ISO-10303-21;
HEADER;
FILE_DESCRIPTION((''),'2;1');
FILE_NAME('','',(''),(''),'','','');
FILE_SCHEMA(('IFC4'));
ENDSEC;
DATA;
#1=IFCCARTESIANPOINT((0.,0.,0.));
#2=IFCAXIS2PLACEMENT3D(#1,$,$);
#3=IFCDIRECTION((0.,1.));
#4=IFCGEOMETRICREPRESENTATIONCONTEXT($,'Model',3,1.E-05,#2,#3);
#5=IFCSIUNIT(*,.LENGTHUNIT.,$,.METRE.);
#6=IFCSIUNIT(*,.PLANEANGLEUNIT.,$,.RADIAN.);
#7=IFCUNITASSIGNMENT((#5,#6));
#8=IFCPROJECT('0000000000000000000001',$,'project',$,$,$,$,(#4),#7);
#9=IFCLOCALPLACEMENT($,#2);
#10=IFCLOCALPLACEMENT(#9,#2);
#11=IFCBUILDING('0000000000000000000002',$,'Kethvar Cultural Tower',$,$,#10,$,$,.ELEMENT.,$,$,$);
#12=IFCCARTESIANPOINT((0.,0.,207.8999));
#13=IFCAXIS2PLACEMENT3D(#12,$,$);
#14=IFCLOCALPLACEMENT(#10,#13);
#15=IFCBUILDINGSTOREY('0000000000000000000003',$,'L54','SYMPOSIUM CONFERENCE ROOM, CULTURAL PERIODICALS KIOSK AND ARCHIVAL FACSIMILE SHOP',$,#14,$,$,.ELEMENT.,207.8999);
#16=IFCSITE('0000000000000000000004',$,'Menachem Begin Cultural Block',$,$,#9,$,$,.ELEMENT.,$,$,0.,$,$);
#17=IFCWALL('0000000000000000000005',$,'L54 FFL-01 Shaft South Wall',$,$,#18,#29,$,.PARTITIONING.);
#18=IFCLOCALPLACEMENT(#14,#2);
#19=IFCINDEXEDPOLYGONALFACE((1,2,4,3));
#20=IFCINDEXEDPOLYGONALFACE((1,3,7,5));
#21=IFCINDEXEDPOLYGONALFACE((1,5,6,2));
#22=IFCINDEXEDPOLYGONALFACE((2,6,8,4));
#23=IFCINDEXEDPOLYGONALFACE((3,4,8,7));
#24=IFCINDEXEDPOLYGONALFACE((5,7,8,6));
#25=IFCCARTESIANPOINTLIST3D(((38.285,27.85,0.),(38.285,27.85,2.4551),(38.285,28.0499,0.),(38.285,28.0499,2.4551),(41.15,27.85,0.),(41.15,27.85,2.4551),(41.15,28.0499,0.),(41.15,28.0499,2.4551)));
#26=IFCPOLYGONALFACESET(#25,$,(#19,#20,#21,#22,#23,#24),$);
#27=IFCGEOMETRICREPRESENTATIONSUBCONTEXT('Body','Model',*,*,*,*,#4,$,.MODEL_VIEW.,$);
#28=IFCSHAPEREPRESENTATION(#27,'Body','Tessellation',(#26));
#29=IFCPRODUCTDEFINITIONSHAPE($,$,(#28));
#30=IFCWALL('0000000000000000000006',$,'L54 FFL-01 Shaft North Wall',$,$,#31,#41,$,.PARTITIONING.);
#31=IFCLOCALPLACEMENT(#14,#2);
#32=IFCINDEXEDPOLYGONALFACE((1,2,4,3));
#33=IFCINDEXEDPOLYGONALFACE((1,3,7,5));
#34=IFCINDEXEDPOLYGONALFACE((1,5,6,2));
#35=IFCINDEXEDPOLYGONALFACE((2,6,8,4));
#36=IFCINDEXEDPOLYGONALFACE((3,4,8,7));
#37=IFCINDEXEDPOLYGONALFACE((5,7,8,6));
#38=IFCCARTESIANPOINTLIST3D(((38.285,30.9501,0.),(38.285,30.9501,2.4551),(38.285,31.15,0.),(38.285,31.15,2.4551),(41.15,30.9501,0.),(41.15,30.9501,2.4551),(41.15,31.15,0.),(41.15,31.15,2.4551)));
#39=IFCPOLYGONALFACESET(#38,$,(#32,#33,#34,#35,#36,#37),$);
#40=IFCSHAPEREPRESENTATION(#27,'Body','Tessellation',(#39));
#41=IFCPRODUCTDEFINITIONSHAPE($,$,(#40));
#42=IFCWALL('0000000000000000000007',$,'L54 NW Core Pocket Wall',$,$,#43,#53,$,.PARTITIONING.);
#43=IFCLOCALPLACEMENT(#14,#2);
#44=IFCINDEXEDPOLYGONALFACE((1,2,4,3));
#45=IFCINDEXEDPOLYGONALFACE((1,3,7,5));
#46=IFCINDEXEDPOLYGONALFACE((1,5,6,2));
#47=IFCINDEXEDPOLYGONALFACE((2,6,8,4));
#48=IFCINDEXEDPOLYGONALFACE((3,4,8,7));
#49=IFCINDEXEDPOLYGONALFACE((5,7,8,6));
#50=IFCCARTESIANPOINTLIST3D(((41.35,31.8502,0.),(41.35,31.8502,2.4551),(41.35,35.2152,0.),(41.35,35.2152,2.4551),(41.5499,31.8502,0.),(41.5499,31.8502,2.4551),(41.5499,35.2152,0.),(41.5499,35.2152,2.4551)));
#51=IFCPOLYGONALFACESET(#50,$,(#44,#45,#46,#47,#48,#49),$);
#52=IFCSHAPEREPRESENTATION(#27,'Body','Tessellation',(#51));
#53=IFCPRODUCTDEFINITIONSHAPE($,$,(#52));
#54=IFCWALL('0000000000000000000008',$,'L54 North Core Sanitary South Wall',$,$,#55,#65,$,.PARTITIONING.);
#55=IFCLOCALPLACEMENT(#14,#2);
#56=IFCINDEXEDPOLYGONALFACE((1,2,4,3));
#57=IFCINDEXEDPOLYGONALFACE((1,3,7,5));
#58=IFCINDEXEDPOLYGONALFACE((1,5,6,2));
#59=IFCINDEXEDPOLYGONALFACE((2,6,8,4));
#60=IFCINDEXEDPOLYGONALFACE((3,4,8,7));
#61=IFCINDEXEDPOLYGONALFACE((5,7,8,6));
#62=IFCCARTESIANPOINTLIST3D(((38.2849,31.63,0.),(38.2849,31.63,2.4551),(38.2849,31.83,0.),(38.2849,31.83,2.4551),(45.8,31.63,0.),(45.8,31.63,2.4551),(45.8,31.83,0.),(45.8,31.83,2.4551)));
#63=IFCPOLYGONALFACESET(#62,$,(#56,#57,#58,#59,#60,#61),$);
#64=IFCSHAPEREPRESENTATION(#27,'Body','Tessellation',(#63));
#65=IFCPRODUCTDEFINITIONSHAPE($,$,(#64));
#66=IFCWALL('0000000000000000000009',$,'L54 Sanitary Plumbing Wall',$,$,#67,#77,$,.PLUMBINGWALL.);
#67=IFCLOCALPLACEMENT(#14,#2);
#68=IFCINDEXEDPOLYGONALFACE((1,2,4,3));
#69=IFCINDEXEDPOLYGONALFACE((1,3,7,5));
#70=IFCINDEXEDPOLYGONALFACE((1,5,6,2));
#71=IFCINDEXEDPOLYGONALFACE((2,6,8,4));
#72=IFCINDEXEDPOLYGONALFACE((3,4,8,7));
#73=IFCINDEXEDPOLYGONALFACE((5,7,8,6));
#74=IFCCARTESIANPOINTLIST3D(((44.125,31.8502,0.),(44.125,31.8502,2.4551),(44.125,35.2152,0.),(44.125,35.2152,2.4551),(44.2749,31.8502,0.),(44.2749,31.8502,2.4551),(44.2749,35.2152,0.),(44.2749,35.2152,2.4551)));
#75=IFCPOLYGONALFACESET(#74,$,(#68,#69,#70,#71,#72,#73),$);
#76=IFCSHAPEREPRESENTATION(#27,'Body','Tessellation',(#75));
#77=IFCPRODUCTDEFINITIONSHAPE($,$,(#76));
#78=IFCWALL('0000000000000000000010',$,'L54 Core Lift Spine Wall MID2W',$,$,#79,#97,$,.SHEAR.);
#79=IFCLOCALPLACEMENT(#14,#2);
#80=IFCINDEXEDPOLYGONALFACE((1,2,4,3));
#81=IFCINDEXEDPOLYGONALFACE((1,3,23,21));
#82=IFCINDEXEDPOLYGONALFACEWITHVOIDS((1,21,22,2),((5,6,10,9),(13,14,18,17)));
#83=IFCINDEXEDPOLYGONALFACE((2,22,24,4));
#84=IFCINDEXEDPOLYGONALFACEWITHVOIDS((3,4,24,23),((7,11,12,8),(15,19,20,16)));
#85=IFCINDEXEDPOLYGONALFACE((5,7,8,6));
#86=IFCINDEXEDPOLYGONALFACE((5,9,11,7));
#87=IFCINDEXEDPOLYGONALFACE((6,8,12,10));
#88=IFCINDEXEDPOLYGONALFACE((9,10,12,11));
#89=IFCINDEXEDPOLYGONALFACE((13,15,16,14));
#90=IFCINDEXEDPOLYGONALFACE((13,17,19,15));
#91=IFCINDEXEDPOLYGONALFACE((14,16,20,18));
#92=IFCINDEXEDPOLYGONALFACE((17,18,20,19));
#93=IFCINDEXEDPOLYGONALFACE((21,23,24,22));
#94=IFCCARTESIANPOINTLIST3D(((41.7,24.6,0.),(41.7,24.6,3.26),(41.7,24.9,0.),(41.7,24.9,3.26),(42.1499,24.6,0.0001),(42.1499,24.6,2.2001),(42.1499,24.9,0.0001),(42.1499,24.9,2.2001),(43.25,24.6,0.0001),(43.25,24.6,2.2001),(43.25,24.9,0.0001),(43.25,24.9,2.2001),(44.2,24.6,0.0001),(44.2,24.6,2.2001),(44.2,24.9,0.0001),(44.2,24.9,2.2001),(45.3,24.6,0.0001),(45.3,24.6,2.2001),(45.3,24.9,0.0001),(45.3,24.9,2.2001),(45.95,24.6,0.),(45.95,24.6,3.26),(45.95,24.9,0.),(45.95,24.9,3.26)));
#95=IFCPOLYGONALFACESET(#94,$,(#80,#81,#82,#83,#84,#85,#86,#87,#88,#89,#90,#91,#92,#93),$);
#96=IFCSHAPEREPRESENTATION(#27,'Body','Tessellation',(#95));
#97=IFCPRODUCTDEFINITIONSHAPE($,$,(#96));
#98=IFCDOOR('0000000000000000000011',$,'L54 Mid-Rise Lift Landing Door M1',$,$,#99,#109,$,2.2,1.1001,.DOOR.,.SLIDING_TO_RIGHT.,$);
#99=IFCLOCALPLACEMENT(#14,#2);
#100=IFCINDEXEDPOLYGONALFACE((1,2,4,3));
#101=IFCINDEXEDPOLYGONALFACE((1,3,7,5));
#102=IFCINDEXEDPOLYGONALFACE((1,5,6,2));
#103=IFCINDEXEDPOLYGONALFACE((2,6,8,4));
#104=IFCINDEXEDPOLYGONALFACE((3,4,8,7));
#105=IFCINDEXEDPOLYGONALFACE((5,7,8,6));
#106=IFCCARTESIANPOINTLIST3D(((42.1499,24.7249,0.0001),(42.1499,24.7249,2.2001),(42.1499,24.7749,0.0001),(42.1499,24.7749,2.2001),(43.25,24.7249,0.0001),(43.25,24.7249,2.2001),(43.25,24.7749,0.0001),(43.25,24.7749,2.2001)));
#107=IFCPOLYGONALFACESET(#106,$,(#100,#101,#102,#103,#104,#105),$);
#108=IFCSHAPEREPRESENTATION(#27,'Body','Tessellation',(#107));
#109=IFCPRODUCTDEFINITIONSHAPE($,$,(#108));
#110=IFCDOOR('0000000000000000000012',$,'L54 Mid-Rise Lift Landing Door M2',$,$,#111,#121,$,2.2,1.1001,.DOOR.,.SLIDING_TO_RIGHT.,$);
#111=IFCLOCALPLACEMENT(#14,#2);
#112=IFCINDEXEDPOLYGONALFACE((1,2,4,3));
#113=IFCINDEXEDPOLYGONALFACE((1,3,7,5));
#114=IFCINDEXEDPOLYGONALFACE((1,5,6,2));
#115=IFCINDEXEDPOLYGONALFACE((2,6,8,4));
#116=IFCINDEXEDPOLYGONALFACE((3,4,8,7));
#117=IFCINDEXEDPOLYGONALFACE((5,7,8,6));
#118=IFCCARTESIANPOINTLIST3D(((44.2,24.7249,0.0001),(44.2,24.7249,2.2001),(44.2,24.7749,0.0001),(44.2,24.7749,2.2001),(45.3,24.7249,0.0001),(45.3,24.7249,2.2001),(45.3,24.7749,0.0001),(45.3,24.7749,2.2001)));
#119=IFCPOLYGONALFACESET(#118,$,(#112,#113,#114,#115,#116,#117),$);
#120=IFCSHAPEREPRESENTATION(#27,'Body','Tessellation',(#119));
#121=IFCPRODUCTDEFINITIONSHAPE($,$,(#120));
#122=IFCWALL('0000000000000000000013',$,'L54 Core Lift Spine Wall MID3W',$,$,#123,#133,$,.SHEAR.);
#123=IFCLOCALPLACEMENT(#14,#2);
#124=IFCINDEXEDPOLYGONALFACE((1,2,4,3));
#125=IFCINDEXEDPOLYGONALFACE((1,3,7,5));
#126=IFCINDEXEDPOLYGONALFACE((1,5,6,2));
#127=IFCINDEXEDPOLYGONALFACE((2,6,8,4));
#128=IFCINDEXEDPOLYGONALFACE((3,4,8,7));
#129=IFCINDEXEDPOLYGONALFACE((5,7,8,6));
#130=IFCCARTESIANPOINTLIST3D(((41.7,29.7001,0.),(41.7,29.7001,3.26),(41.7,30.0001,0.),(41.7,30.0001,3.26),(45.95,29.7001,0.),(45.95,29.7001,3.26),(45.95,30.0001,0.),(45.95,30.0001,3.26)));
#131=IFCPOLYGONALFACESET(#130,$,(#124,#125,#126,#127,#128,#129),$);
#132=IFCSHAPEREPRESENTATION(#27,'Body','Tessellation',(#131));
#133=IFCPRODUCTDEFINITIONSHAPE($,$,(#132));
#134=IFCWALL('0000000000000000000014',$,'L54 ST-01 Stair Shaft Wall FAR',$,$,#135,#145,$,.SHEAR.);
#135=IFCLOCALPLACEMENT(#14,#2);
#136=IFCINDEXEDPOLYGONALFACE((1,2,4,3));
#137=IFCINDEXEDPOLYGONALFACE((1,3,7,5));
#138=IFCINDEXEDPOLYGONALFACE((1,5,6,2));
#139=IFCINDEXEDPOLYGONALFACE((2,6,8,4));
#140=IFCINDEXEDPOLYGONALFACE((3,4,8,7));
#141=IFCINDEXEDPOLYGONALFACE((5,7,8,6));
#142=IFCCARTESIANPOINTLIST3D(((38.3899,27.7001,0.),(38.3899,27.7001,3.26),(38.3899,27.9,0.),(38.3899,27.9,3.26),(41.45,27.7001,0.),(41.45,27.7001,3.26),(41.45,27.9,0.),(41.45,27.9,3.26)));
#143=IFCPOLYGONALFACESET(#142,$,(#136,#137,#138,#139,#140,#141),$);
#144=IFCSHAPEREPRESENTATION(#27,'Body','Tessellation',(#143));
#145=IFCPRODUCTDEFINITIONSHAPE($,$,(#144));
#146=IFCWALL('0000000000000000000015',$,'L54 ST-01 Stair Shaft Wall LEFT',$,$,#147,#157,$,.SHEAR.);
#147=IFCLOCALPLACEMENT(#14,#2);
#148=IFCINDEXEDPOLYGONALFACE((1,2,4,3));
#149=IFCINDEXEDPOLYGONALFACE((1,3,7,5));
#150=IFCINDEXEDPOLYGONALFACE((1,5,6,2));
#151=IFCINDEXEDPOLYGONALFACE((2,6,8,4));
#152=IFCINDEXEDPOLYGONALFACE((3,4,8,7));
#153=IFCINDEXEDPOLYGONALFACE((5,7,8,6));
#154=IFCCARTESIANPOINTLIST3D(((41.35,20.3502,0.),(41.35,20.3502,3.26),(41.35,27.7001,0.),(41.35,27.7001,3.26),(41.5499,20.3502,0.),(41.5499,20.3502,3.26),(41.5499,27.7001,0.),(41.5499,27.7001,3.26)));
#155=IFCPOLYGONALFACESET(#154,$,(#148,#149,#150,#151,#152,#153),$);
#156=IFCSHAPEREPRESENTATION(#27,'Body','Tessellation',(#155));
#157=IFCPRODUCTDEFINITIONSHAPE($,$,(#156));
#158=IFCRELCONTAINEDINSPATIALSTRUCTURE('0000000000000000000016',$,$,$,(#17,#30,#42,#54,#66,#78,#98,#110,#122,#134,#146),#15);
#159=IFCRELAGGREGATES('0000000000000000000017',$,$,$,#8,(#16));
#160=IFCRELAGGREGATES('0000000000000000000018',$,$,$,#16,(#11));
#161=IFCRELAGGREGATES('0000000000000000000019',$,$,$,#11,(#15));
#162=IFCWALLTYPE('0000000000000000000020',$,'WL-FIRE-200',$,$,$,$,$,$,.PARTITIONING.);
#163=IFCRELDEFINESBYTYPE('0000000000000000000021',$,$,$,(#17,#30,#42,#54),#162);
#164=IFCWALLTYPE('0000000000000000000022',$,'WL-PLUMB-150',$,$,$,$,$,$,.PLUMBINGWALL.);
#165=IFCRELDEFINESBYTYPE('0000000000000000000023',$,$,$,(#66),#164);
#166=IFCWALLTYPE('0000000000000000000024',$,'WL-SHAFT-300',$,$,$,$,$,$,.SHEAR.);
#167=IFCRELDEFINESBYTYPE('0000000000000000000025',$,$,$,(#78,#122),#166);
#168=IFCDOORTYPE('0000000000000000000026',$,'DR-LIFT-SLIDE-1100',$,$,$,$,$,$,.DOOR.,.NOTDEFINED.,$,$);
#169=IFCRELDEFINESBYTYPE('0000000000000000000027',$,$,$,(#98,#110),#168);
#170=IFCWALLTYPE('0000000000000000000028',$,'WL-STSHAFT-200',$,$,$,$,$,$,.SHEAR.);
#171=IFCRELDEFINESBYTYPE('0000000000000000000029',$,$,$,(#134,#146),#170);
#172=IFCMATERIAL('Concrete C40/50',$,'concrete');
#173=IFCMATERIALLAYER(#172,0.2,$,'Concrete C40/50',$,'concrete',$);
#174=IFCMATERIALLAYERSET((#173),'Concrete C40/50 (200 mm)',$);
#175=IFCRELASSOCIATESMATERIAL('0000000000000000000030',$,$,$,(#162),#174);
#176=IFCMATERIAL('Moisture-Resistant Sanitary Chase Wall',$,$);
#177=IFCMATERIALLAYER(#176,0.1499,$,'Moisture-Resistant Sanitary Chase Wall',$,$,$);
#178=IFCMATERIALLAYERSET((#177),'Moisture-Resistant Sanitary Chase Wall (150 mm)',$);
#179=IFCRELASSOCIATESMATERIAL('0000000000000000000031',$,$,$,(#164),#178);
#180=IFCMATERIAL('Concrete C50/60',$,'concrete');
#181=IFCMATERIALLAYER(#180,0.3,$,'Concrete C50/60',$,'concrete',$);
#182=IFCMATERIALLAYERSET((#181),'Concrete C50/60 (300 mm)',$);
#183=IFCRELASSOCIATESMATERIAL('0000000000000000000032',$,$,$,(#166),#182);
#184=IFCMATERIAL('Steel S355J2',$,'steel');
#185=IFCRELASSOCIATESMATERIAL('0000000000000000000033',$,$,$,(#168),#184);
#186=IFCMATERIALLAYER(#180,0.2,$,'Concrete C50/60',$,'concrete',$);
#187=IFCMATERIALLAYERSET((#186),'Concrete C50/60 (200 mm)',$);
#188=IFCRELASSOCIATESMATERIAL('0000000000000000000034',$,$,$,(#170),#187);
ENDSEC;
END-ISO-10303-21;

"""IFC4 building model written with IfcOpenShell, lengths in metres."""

from ifc_helpers import new_model, si_unit, direction, frame, frame_2d, origin, place, context, subcontext, project, spatial, rectangle, extrude, source, transform, mapped, material, layer, layer_set, type_object, element, fill, save


model = new_model("IFC4")

# Units and contexts
model_context = context("Model", 3, precision=1e-05, world=origin(), true_north=direction((0.0, 1.0)))
body_context = subcontext(model_context, "Body", "Model", "MODEL_VIEW")
ifc_project = project(units=[si_unit("LENGTHUNIT", "METRE"), si_unit("PLANEANGLEUNIT", "RADIAN")], contexts=[model_context])

# Site, building, storey
site_placement = place(None, origin())
site = spatial("IfcSite", under=ifc_project, at=site_placement, Name="Menachem Begin Cultural Block", CompositionType="ELEMENT", RefElevation=0.0)
building_placement = place(site_placement, origin())
building = spatial("IfcBuilding", under=site, at=building_placement, Name="Kethvar Cultural Tower", CompositionType="ELEMENT")
storey_placement = place(building_placement, frame((0.0, 0.0, 207.8999)))
storey = spatial("IfcBuildingStorey", under=building, at=storey_placement, Name="L54", Description="SYMPOSIUM CONFERENCE ROOM, CULTURAL PERIODICALS KIOSK AND ARCHIVAL FACSIMILE SHOP", CompositionType="ELEMENT", Elevation=207.8999)

# Shared definitions
ifc_material_1 = material(Name="Steel S355J2", Category="steel")

# Walls
ifc_material_2 = material(Name="Concrete C40/50", Category="concrete")
ifc_layer_1 = layer(ifc_material_2, 0.2, Name="Concrete C40/50", Category="concrete")
ifc_layer_set_1 = layer_set([ifc_layer_1], Name="Concrete C40/50 (200 mm)")
wall_type_1 = type_object("IfcWallType", Name="WL-FIRE-200", PredefinedType="PARTITIONING", material=ifc_layer_set_1)
for number, where, z_axis, x_axis, name in (
    (1, (38.2849, 27.95, 0.0), (0.0, 0.0, 1.0), (1.0, 0.0, 0.0), "L54 FFL-01 Shaft South Wall"),
    (2, (38.2849, 31.05, 0.0), (0.0, 0.0, 1.0), (1.0, 0.0, 0.0), "L54 FFL-01 Shaft North Wall"),
):
    element("IfcWall", number, at=place(storey_placement, frame(where, z_axis=z_axis, x_axis=x_axis)), inside=storey, type_object=wall_type_1, Name=name, PredefinedType="PARTITIONING", context=body_context, shape_type="SweptSolid", body=[
        extrude(rectangle(XDim=2.865, YDim=0.2, at=frame_2d((1.4326, 0.0))), origin(), (0.0, 0.0, 1.0), 2.4551),
    ])
wall_1_placement = place(storey_placement, frame((41.45, 31.8501, 0.0), z_axis=(0.0, 0.0, 1.0), x_axis=(0.0, 1.0, 0.0)))
element("IfcWall", 3, at=wall_1_placement, inside=storey, type_object=wall_type_1, Name="L54 NW Core Pocket Wall", PredefinedType="PARTITIONING", context=body_context, shape_type="SweptSolid", body=[
    extrude(rectangle(XDim=3.365, YDim=0.2, at=frame_2d((1.6826, 0.0))), origin(), (0.0, 0.0, 1.0), 2.4551),
])
wall_2_placement = place(storey_placement, frame((38.2849, 31.73, 0.0), z_axis=(0.0, 0.0, 1.0), x_axis=(1.0, 0.0, 0.0)))
element("IfcWall", 4, at=wall_2_placement, inside=storey, type_object=wall_type_1, Name="L54 North Core Sanitary South Wall", PredefinedType="PARTITIONING", context=body_context, shape_type="SweptSolid", body=[
    extrude(rectangle(XDim=7.5151, YDim=0.2, at=frame_2d((3.7576, 0.0))), origin(), (0.0, 0.0, 1.0), 2.4551),
])
ifc_material_3 = material(Name="Moisture-Resistant Sanitary Chase Wall")
ifc_layer_2 = layer(ifc_material_3, 0.1499, Name="Moisture-Resistant Sanitary Chase Wall")
ifc_layer_set_2 = layer_set([ifc_layer_2], Name="Moisture-Resistant Sanitary Chase Wall (150 mm)")
wall_type_2 = type_object("IfcWallType", Name="WL-PLUMB-150", PredefinedType="PLUMBINGWALL", material=ifc_layer_set_2)
wall_3_placement = place(storey_placement, frame((44.2, 31.8501, 0.0), z_axis=(0.0, 0.0, 1.0), x_axis=(0.0, 1.0, 0.0)))
element("IfcWall", 5, at=wall_3_placement, inside=storey, type_object=wall_type_2, Name="L54 Sanitary Plumbing Wall", PredefinedType="PLUMBINGWALL", context=body_context, shape_type="SweptSolid", body=[
    extrude(rectangle(XDim=3.365, YDim=0.1499, at=frame_2d((1.6826, 0.0))), origin(), (0.0, 0.0, 1.0), 2.4551),
])

# Wall, openings, doors
ifc_material_4 = material(Name="Concrete C50/60", Category="concrete")
ifc_layer_3 = layer(ifc_material_4, 0.3, Name="Concrete C50/60", Category="concrete")
ifc_layer_set_3 = layer_set([ifc_layer_3], Name="Concrete C50/60 (300 mm)")
wall_type_3 = type_object("IfcWallType", Name="WL-SHAFT-300", PredefinedType="SHEAR", material=ifc_layer_set_3)
wall_4_placement = place(storey_placement, frame((41.7, 24.75, 0.0), z_axis=(0.0, 0.0, 1.0), x_axis=(1.0, 0.0, 0.0)))
wall_4 = element("IfcWall", 6, at=wall_4_placement, inside=storey, type_object=wall_type_3, Name="L54 Core Lift Spine Wall MID2W", PredefinedType="SHEAR", context=body_context, shape_type="SweptSolid", body=[
    extrude(rectangle(XDim=4.25, YDim=0.3, at=frame_2d((2.125, 0.0))), origin(), (0.0, 0.0, 1.0), 3.26),
])
opening_1_placement = place(wall_4_placement, frame((0.45, 0.0, 0.0)))
opening_1 = element("IfcOpeningElement", 7, at=opening_1_placement, cuts=wall_4, PredefinedType="OPENING", context=body_context, shape_type="SweptSolid", body=[
    extrude(rectangle(XDim=1.1001, YDim=2.2, at=frame_2d((0.55, 1.1001))), frame((0.0, 0.1599, 0.0), z_axis=(0.0, -1.0, 0.0), x_axis=(1.0, 0.0, 0.0)), (0.0, 0.0, 1.0), 0.3201),
])
opening_2_placement = place(wall_4_placement, frame((2.5, 0.0, 0.0)))
opening_2 = element("IfcOpeningElement", 8, at=opening_2_placement, cuts=wall_4, PredefinedType="OPENING", context=body_context, shape_type="SweptSolid", body=[
    extrude(rectangle(XDim=1.1001, YDim=2.2, at=frame_2d((0.55, 1.1001))), frame((0.0, 0.1599, 0.0), z_axis=(0.0, -1.0, 0.0), x_axis=(1.0, 0.0, 0.0)), (0.0, 0.0, 1.0), 0.3201),
])
door_type = type_object("IfcDoorType", Name="DR-LIFT-SLIDE-1100", OperationType="NOTDEFINED", PredefinedType="DOOR", material=ifc_material_1)
shared_shape_1 = source(origin(), body_context, "Body", "SweptSolid", [
    extrude(rectangle(XDim=1.1001, YDim=2.2, at=frame_2d((0.55, 1.1001))), frame((0.0, 0.0249, 0.0), z_axis=(0.0, -1.0, 0.0), x_axis=(1.0, 0.0, 0.0)), (0.0, 0.0, 1.0), 0.05),
])
door_1_placement = place(opening_1_placement, origin())
door_1 = element("IfcDoor", 9, at=door_1_placement, inside=storey, type_object=door_type, Name="L54 Mid-Rise Lift Landing Door M1", OperationType="SLIDING_TO_RIGHT", OverallHeight=2.2, OverallWidth=1.1001, PredefinedType="DOOR", context=body_context, shape_type="MappedRepresentation", body=[
    mapped(shared_shape_1, transform((0.0, 0.0, 0.0), scale=1.0)),
])
fill(opening_1, door_1)
door_2_placement = place(opening_2_placement, origin())
door_2 = element("IfcDoor", 10, at=door_2_placement, inside=storey, type_object=door_type, Name="L54 Mid-Rise Lift Landing Door M2", OperationType="SLIDING_TO_RIGHT", OverallHeight=2.2, OverallWidth=1.1001, PredefinedType="DOOR", context=body_context, shape_type="MappedRepresentation", body=[
    mapped(shared_shape_1, transform((0.0, 0.0, 0.0), scale=1.0)),
])
fill(opening_2, door_2)

# Walls
wall_5_placement = place(storey_placement, frame((41.7, 29.8501, 0.0), z_axis=(0.0, 0.0, 1.0), x_axis=(1.0, 0.0, 0.0)))
element("IfcWall", 11, at=wall_5_placement, inside=storey, type_object=wall_type_3, Name="L54 Core Lift Spine Wall MID3W", PredefinedType="SHEAR", context=body_context, shape_type="SweptSolid", body=[
    extrude(rectangle(XDim=4.25, YDim=0.3, at=frame_2d((2.125, 0.0))), origin(), (0.0, 0.0, 1.0), 3.26),
])
ifc_layer_4 = layer(ifc_material_4, 0.2, Name="Concrete C50/60", Category="concrete")
ifc_layer_set_4 = layer_set([ifc_layer_4], Name="Concrete C50/60 (200 mm)")
wall_type_4 = type_object("IfcWallType", Name="WL-STSHAFT-200", PredefinedType="SHEAR", material=ifc_layer_set_4)
wall_6_placement = place(storey_placement, frame((38.3899, 27.8, 0.0), z_axis=(0.0, 0.0, 1.0), x_axis=(1.0, 0.0, 0.0)))
element("IfcWall", 12, at=wall_6_placement, inside=storey, type_object=wall_type_4, Name="L54 ST-01 Stair Shaft Wall FAR", PredefinedType="SHEAR", context=body_context, shape_type="SweptSolid", body=[
    extrude(rectangle(XDim=3.0601, YDim=0.2, at=frame_2d((1.53, 0.0))), origin(), (0.0, 0.0, 1.0), 3.26),
])
wall_7_placement = place(storey_placement, frame((41.45, 27.7, 0.0), z_axis=(0.0, 0.0, 1.0), x_axis=(0.0, -1.0, 0.0)))
element("IfcWall", 13, at=wall_7_placement, inside=storey, type_object=wall_type_4, Name="L54 ST-01 Stair Shaft Wall LEFT", PredefinedType="SHEAR", context=body_context, shape_type="SweptSolid", body=[
    extrude(rectangle(XDim=7.3499, YDim=0.2, at=frame_2d((3.6748, 0.0))), origin(), (0.0, 0.0, 1.0), 3.26),
])

save(model, "model.ifc")
